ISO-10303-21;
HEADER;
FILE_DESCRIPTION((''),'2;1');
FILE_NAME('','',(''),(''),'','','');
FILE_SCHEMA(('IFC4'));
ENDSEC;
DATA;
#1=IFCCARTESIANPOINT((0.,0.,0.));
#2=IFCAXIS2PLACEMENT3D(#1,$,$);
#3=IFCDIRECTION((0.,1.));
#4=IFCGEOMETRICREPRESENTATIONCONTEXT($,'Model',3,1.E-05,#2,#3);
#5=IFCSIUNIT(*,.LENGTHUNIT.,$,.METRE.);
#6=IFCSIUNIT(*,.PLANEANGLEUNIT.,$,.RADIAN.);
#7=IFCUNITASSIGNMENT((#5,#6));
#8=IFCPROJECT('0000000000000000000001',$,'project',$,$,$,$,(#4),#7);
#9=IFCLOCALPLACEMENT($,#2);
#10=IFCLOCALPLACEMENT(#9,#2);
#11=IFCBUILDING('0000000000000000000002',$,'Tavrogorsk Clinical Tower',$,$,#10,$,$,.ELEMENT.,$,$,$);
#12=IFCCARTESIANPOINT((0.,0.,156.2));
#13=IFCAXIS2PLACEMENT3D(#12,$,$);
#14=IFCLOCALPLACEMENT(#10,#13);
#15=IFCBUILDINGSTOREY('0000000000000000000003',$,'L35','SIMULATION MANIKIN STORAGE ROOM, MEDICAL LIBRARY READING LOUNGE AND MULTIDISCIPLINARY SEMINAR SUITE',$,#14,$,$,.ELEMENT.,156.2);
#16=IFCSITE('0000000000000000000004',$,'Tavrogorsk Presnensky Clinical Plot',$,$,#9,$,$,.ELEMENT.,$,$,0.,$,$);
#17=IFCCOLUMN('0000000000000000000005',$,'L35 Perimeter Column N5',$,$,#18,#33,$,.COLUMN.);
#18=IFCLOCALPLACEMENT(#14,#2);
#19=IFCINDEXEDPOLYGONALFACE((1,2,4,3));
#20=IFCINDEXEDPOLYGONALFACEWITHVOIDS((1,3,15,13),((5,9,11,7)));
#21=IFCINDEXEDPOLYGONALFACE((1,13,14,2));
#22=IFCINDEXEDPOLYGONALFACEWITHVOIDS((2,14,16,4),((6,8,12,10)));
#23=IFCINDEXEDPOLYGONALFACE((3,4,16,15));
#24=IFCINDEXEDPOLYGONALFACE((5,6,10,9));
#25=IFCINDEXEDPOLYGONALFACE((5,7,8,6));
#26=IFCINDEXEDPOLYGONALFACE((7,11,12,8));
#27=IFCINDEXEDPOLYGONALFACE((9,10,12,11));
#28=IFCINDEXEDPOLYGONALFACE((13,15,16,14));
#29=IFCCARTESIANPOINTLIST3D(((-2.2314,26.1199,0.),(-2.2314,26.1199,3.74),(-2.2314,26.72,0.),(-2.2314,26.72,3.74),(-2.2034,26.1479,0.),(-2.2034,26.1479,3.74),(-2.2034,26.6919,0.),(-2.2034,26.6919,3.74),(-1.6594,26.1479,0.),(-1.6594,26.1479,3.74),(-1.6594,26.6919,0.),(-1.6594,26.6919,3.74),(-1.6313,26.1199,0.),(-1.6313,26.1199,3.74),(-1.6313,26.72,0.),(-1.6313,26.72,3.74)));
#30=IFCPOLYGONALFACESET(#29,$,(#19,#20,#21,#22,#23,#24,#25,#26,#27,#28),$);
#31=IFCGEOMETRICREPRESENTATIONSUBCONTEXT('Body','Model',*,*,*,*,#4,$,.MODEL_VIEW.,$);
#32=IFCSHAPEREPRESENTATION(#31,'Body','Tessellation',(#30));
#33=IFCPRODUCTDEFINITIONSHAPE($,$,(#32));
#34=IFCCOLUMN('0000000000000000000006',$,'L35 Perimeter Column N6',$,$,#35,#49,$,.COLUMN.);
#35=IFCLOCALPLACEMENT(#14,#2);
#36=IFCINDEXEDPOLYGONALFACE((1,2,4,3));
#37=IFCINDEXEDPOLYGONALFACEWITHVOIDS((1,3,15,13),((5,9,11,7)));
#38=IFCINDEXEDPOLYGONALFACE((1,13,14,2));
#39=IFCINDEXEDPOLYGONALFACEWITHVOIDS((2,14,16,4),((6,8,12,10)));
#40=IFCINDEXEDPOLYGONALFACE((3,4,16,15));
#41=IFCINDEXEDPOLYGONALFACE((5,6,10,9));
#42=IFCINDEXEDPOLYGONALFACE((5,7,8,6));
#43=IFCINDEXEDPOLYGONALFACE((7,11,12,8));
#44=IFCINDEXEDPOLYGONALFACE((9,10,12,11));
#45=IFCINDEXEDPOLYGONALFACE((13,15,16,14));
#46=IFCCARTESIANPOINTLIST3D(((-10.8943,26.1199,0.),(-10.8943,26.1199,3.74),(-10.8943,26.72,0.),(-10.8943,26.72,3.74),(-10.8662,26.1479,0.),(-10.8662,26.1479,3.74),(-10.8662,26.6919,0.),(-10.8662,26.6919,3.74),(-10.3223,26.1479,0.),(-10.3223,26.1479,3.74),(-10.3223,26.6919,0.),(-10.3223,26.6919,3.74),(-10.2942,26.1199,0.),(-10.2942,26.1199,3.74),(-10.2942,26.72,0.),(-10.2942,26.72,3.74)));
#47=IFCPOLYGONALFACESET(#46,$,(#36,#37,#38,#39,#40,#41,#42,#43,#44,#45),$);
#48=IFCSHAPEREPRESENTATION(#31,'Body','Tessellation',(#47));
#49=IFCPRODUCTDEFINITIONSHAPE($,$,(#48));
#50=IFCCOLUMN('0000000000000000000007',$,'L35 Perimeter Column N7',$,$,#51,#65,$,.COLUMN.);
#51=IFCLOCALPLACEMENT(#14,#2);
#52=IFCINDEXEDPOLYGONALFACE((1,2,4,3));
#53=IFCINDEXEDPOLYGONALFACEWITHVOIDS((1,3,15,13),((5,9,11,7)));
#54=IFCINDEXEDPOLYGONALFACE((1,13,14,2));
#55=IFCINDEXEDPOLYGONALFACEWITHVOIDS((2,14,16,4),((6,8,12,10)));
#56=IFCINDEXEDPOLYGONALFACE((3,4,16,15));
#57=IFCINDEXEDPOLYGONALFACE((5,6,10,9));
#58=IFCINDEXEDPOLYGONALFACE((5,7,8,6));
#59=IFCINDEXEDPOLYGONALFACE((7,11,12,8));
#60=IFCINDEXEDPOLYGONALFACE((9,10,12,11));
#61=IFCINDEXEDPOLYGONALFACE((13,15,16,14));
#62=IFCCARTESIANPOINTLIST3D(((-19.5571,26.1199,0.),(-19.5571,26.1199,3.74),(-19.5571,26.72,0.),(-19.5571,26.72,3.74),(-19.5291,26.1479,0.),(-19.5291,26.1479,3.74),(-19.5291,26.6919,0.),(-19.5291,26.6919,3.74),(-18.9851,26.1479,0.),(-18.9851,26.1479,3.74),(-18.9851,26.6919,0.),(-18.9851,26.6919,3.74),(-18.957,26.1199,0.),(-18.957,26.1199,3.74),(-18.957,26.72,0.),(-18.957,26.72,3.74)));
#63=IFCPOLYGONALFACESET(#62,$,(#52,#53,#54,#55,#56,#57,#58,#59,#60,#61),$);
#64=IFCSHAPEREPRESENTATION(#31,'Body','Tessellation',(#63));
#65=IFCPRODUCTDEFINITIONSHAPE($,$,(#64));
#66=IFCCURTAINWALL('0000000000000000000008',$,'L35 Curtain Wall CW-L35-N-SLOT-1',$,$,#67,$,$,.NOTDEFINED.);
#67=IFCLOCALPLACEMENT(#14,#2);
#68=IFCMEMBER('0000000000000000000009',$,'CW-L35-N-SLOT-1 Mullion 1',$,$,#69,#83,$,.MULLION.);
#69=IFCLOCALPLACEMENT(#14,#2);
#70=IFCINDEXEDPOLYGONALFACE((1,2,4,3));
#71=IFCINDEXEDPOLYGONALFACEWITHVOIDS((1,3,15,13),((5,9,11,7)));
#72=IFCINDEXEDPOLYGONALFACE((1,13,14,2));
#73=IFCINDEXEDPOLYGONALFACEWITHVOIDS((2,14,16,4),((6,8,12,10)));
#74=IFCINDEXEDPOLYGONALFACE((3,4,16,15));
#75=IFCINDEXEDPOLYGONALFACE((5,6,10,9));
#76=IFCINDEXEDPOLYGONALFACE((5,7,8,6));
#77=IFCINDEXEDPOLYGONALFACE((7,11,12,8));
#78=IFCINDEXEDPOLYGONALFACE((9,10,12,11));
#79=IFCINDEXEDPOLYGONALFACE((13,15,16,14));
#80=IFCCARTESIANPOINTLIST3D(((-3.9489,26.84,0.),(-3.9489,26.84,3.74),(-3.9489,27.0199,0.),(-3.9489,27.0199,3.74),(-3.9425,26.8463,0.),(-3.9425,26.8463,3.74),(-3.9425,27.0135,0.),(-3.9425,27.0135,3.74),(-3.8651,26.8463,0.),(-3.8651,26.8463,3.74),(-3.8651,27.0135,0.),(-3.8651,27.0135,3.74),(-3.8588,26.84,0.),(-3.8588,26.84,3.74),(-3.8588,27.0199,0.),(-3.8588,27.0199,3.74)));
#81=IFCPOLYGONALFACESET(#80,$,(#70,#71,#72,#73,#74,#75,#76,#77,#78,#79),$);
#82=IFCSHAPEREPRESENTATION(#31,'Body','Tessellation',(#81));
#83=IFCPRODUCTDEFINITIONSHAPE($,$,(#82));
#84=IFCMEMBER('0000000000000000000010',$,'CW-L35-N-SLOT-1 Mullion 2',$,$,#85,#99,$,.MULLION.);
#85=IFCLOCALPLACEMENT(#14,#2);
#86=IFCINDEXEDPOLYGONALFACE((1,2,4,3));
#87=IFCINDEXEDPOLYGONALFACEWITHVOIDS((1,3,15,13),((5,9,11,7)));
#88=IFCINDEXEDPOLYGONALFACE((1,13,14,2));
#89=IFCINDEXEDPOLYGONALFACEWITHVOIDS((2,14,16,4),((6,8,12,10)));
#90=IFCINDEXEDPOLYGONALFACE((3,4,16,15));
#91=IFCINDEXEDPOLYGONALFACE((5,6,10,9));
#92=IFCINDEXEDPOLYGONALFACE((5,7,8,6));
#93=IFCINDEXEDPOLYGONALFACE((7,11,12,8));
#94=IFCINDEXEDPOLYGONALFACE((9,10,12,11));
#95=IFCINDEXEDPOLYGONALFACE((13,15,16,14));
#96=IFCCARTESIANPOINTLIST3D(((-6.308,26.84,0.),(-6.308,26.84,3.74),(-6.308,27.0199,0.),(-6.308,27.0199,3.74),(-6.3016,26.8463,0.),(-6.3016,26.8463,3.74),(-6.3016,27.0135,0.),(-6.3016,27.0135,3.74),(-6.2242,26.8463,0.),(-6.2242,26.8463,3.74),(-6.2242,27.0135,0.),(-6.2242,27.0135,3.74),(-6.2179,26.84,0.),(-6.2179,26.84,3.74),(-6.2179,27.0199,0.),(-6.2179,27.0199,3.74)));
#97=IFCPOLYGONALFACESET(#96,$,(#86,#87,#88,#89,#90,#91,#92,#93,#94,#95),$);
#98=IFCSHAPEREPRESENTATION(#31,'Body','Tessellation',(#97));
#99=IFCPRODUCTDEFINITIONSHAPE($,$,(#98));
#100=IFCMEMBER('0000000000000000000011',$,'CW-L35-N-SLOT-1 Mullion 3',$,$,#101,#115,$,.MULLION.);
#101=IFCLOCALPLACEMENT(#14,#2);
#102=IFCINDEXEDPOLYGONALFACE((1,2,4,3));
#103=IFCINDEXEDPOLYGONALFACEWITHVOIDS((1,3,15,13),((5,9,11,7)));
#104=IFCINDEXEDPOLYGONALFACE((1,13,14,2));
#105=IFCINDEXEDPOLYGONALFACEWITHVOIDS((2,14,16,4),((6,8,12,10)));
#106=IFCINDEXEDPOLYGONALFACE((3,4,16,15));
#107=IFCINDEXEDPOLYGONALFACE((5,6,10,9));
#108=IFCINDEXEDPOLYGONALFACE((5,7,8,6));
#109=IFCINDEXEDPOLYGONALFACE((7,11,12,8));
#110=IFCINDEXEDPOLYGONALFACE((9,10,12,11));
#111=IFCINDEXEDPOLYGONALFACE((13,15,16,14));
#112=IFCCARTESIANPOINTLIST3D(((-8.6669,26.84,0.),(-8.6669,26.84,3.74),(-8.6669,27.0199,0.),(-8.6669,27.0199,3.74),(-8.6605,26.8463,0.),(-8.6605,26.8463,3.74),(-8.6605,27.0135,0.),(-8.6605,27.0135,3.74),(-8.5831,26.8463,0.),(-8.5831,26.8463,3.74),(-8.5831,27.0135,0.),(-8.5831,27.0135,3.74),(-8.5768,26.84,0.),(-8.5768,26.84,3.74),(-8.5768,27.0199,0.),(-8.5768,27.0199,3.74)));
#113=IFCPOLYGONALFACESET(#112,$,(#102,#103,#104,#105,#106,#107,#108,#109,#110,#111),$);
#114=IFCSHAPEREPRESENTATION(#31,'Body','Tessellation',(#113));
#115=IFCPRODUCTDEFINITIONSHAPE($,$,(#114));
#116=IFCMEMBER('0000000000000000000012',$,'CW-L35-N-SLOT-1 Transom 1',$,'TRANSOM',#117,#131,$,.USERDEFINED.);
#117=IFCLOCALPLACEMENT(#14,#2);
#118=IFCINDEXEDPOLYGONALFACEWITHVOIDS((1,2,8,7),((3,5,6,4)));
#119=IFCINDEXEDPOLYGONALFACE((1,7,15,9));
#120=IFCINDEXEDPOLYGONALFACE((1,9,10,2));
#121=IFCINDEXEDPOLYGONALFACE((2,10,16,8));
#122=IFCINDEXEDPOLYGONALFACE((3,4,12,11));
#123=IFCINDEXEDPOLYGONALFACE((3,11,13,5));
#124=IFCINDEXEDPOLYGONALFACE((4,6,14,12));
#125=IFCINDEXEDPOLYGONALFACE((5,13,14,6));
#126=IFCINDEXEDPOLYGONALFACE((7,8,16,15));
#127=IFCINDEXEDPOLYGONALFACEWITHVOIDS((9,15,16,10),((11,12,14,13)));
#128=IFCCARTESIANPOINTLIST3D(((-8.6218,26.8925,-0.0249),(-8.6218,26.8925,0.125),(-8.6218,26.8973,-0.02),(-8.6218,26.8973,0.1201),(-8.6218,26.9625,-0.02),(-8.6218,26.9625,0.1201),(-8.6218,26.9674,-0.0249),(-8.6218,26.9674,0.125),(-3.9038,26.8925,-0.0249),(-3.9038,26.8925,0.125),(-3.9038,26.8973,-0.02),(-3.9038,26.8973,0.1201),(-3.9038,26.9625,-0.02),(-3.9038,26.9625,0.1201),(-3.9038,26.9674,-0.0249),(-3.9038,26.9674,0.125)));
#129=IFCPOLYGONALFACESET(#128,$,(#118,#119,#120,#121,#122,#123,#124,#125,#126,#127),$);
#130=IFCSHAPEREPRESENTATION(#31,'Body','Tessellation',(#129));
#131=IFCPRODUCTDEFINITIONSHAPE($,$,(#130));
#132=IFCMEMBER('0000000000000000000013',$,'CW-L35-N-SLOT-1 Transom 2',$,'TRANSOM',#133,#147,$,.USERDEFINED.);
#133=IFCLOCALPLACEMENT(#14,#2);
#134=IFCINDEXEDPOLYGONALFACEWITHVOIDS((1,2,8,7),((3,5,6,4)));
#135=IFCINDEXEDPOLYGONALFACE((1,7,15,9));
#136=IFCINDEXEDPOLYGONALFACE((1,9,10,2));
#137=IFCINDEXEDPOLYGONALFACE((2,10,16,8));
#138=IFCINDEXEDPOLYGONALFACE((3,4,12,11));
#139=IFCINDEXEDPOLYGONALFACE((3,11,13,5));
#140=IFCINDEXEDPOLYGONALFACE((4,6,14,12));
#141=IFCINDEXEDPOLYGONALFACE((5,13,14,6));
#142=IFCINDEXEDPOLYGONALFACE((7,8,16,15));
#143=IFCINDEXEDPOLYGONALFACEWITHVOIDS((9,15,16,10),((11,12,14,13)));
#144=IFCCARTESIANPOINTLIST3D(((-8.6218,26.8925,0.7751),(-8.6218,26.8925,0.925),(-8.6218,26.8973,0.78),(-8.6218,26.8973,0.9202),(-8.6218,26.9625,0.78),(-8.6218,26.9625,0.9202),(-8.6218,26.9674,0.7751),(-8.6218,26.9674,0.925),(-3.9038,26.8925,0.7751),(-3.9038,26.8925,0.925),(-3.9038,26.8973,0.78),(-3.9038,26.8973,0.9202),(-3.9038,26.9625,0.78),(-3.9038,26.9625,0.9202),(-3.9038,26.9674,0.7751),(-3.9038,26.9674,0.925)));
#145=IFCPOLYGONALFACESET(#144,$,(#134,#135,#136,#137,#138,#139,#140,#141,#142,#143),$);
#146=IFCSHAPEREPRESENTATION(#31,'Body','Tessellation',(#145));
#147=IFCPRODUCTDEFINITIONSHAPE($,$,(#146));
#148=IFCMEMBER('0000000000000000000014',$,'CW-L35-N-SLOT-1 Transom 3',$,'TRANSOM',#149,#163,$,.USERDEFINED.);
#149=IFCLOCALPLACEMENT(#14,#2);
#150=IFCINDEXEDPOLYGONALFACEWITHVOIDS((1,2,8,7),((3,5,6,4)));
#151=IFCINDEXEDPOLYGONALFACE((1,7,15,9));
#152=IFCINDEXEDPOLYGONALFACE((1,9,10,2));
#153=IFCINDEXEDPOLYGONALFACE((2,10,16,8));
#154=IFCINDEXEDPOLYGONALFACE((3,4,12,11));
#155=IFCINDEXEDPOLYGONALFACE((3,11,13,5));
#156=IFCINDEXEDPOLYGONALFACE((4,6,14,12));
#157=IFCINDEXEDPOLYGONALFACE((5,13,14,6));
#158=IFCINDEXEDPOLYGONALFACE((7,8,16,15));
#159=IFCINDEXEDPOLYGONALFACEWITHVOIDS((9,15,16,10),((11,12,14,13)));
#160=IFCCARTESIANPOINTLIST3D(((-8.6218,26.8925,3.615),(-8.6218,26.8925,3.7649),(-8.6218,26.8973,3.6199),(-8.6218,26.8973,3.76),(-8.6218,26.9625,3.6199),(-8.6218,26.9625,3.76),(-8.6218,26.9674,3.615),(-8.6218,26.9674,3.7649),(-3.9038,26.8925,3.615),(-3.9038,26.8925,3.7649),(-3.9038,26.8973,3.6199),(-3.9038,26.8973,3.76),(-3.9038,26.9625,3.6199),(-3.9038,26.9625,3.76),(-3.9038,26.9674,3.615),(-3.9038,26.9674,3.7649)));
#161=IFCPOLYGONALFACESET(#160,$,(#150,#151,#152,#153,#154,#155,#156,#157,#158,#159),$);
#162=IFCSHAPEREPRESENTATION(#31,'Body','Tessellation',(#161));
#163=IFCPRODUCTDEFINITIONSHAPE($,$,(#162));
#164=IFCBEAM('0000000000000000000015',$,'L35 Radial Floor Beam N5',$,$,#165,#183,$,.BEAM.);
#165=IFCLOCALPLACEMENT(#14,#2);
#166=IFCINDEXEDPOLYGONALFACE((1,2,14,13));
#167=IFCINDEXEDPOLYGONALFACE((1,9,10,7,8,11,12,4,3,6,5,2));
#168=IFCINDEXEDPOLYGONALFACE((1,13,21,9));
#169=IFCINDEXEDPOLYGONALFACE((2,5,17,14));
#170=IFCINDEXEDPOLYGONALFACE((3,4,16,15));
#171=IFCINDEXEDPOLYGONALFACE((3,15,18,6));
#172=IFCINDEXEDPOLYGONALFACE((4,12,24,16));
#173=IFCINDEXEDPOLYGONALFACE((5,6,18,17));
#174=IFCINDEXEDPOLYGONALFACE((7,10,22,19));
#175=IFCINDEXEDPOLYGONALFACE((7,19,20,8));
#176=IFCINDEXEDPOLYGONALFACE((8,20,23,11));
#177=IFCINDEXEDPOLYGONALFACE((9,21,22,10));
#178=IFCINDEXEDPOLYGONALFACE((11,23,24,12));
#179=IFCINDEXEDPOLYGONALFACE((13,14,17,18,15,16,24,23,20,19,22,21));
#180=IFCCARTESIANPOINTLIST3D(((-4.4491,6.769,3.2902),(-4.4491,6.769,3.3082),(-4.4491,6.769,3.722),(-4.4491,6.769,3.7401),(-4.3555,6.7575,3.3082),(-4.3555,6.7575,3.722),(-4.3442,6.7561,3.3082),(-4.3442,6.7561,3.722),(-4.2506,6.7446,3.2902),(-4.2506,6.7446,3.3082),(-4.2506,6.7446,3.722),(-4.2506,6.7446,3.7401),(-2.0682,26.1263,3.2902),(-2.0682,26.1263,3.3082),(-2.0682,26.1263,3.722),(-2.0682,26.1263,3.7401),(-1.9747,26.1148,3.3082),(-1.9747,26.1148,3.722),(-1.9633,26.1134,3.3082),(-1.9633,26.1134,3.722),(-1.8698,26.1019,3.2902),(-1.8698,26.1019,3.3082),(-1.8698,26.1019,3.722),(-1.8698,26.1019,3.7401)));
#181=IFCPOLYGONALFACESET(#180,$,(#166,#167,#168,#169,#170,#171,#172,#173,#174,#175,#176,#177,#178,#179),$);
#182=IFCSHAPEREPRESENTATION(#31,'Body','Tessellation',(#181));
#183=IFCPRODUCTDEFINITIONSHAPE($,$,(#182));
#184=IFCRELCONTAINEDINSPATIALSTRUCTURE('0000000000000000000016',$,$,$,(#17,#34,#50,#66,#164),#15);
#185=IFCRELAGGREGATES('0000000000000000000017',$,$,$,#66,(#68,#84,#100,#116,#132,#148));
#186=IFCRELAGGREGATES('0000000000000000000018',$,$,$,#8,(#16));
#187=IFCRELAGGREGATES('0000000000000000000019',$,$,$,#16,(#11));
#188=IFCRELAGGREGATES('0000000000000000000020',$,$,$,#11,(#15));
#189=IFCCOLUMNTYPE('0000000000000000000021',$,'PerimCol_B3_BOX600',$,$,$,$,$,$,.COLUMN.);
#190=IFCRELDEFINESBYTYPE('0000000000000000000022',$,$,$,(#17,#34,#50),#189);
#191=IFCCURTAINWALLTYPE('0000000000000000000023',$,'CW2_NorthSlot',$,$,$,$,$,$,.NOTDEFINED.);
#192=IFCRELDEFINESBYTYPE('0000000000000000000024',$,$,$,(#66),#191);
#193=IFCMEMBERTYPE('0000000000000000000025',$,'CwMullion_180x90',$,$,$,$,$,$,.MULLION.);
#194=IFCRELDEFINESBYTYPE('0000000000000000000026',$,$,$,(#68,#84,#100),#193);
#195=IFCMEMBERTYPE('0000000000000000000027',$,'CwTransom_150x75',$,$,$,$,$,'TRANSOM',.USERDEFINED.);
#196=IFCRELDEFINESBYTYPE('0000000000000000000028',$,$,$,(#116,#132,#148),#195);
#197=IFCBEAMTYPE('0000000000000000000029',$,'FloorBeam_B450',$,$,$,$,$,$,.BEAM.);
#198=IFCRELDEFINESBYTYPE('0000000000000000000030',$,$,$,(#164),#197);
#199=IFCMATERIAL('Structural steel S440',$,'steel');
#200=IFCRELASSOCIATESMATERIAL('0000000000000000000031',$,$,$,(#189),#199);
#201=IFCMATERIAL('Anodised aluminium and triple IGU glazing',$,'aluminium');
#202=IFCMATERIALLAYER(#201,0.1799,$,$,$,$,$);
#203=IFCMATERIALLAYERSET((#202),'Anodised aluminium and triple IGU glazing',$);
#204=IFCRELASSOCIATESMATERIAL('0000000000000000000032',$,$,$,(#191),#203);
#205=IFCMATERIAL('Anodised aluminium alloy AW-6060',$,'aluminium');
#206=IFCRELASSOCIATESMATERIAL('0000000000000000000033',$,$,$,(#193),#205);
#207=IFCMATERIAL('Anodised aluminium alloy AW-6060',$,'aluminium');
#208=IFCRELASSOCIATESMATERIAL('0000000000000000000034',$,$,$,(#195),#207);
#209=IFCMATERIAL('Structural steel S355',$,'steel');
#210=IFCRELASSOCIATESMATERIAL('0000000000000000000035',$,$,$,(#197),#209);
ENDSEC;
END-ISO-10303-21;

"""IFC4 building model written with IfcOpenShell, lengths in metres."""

from ifc_helpers import new_model, si_unit, direction, frame, origin, origin_2d, place, context, subcontext, project, spatial, hollow_rectangle, i_section, extrude, material, layer, layer_set, material_profile, profile_set, type_object, element, aggregate, save


model = new_model("IFC4")

# Units and contexts
model_context = context("Model", 3, precision=1e-05, world=origin(), true_north=direction((0.0, 1.0)))
body_context = subcontext(model_context, "Body", "Model", "MODEL_VIEW")
ifc_project = project(units=[si_unit("LENGTHUNIT", "METRE"), si_unit("PLANEANGLEUNIT", "RADIAN")], contexts=[model_context])

# Site, building, storey
site_placement = place(None, origin())
site = spatial("IfcSite", under=ifc_project, at=site_placement, Name="Tavrogorsk Presnensky Clinical Plot", CompositionType="ELEMENT", RefElevation=0.0)
building_placement = place(site_placement, origin())
building = spatial("IfcBuilding", under=site, at=building_placement, Name="Tavrogorsk Clinical Tower", CompositionType="ELEMENT")
storey_placement = place(building_placement, frame((0.0, 0.0, 156.2)))
storey = spatial("IfcBuildingStorey", under=building, at=storey_placement, Name="L35", Description="SIMULATION MANIKIN STORAGE ROOM, MEDICAL LIBRARY READING LOUNGE AND MULTIDISCIPLINARY SEMINAR SUITE", CompositionType="ELEMENT", Elevation=156.2)

# Columns
ifc_material_1 = material(Name="Structural steel S440", Category="steel")
ifc_material_profile_1 = material_profile(ifc_material_1, hollow_rectangle(XDim=0.6001, YDim=0.6001, WallThickness=0.0281, at=origin_2d()), Name="BOX-600x600x28")
ifc_profile_set_1 = profile_set([ifc_material_profile_1], Name="Structural steel S440")
column_type = type_object("IfcColumnType", Name="PerimCol_B3_BOX600", PredefinedType="COLUMN", material=ifc_profile_set_1)
for number, where, z_axis, x_axis, name in (
    (1, (-1.9314, 26.4199, 0.0), (0.0, 0.0, 1.0), (1.0, 0.0, 0.0), "L35 Perimeter Column N5"),
    (2, (-10.5942, 26.4199, 0.0), (0.0, 0.0, 1.0), (1.0, 0.0, 0.0), "L35 Perimeter Column N6"),
    (3, (-19.2571, 26.4199, 0.0), (0.0, 0.0, 1.0), (1.0, 0.0, 0.0), "L35 Perimeter Column N7"),
):
    element("IfcColumn", number, at=place(storey_placement, frame(where, z_axis=z_axis, x_axis=x_axis)), inside=storey, type_object=column_type, Name=name, PredefinedType="COLUMN", context=body_context, shape_type="SweptSolid", body=[
        extrude(hollow_rectangle(XDim=0.6001, YDim=0.6001, WallThickness=0.0281, at=origin_2d()), origin(), (0.0, 0.0, 1.0), 3.74),
    ])

# Curtain wall, members
ifc_material_2 = material(Name="Anodised aluminium and triple IGU glazing", Category="aluminium")
ifc_layer_1 = layer(ifc_material_2, 0.1799)
ifc_layer_set_1 = layer_set([ifc_layer_1], Name="Anodised aluminium and triple IGU glazing")
curtain_wall_type = type_object("IfcCurtainWallType", Name="CW2_NorthSlot", PredefinedType="NOTDEFINED", material=ifc_layer_set_1)
curtain_wall_placement = place(storey_placement, origin())
curtain_wall = element("IfcCurtainWall", 4, at=curtain_wall_placement, inside=storey, type_object=curtain_wall_type, Name="L35 Curtain Wall CW-L35-N-SLOT-1", PredefinedType="NOTDEFINED")
ifc_material_3 = material(Name="Anodised aluminium alloy AW-6060", Category="aluminium")
ifc_material_profile_2 = material_profile(ifc_material_3, hollow_rectangle(XDim=0.0901, YDim=0.1799, WallThickness=0.0063, at=origin_2d()), Name="RHS-180x90x6.3")
ifc_profile_set_2 = profile_set([ifc_material_profile_2], Name="Anodised aluminium alloy AW-6060")
member_type_1 = type_object("IfcMemberType", Name="CwMullion_180x90", PredefinedType="MULLION", material=ifc_profile_set_2)
member_1_placement = place(storey_placement, frame((-3.9038, 26.9299, 0.0), z_axis=(0.0, 0.0, 1.0), x_axis=(-1.0, 0.0, 0.0)))
member_1 = element("IfcMember", 5, at=member_1_placement, type_object=member_type_1, Name="CW-L35-N-SLOT-1 Mullion 1", PredefinedType="MULLION", context=body_context, shape_type="SweptSolid", body=[
    extrude(hollow_rectangle(XDim=0.0901, YDim=0.1799, WallThickness=0.0063, at=origin_2d()), origin(), (0.0, 0.0, 1.0), 3.74),
])
member_2_placement = place(storey_placement, frame((-6.2629, 26.9299, 0.0), z_axis=(0.0, 0.0, 1.0), x_axis=(-1.0, 0.0, 0.0)))
member_2 = element("IfcMember", 6, at=member_2_placement, type_object=member_type_1, Name="CW-L35-N-SLOT-1 Mullion 2", PredefinedType="MULLION", context=body_context, shape_type="SweptSolid", body=[
    extrude(hollow_rectangle(XDim=0.0901, YDim=0.1799, WallThickness=0.0063, at=origin_2d()), origin(), (0.0, 0.0, 1.0), 3.74),
])
member_3_placement = place(storey_placement, frame((-8.6218, 26.9299, 0.0), z_axis=(0.0, 0.0, 1.0), x_axis=(-1.0, 0.0, 0.0)))
member_3 = element("IfcMember", 7, at=member_3_placement, type_object=member_type_1, Name="CW-L35-N-SLOT-1 Mullion 3", PredefinedType="MULLION", context=body_context, shape_type="SweptSolid", body=[
    extrude(hollow_rectangle(XDim=0.0901, YDim=0.1799, WallThickness=0.0063, at=origin_2d()), origin(), (0.0, 0.0, 1.0), 3.74),
])
ifc_material_4 = material(Name="Anodised aluminium alloy AW-6060", Category="aluminium")
ifc_material_profile_3 = material_profile(ifc_material_4, hollow_rectangle(XDim=0.075, YDim=0.1499, WallThickness=0.0049, at=origin_2d()), Name="RHS-150x75x5")
ifc_profile_set_3 = profile_set([ifc_material_profile_3], Name="Anodised aluminium alloy AW-6060")
member_type_2 = type_object("IfcMemberType", Name="CwTransom_150x75", ElementType="TRANSOM", PredefinedType="USERDEFINED", material=ifc_profile_set_3)
member_4_placement = place(storey_placement, frame((-3.9038, 26.9299, 0.05), z_axis=(-1.0, 0.0, 0.0), x_axis=(0.0, -1.0, 0.0)))
member_4 = element("IfcMember", 8, at=member_4_placement, type_object=member_type_2, Name="CW-L35-N-SLOT-1 Transom 1", ObjectType="TRANSOM", PredefinedType="USERDEFINED", context=body_context, shape_type="SweptSolid", body=[
    extrude(hollow_rectangle(XDim=0.075, YDim=0.1499, WallThickness=0.0049, at=origin_2d()), origin(), (0.0, 0.0, 1.0), 4.718),
])
member_5_placement = place(storey_placement, frame((-3.9038, 26.9299, 0.8501), z_axis=(-1.0, 0.0, 0.0), x_axis=(0.0, -1.0, 0.0)))
member_5 = element("IfcMember", 9, at=member_5_placement, type_object=member_type_2, Name="CW-L35-N-SLOT-1 Transom 2", ObjectType="TRANSOM", PredefinedType="USERDEFINED", context=body_context, shape_type="SweptSolid", body=[
    extrude(hollow_rectangle(XDim=0.075, YDim=0.1499, WallThickness=0.0049, at=origin_2d()), origin(), (0.0, 0.0, 1.0), 4.718),
])
member_6_placement = place(storey_placement, frame((-3.9038, 26.9299, 3.6899), z_axis=(-1.0, 0.0, 0.0), x_axis=(0.0, -1.0, 0.0)))
member_6 = element("IfcMember", 10, at=member_6_placement, type_object=member_type_2, Name="CW-L35-N-SLOT-1 Transom 3", ObjectType="TRANSOM", PredefinedType="USERDEFINED", context=body_context, shape_type="SweptSolid", body=[
    extrude(hollow_rectangle(XDim=0.075, YDim=0.1499, WallThickness=0.0049, at=origin_2d()), origin(), (0.0, 0.0, 1.0), 4.718),
])

# Beam
ifc_material_5 = material(Name="Structural steel S355", Category="steel")
ifc_material_profile_4 = material_profile(ifc_material_5, i_section(OverallWidth=0.2, OverallDepth=0.45, WebThickness=0.0115, FlangeThickness=0.0181, at=origin_2d()), Name="B-450x200x11.5x18")
ifc_profile_set_4 = profile_set([ifc_material_profile_4], Name="Structural steel S355")
beam_type_1 = type_object("IfcBeamType", Name="FloorBeam_B450", PredefinedType="BEAM", material=ifc_profile_set_4)
beam_placement = place(storey_placement, frame((-4.3499, 6.7568, 3.5151), z_axis=(0.122075, 0.992521, 0.0), x_axis=(-0.992521, 0.122075, 0.0)))
element("IfcBeam", 11, at=beam_placement, inside=storey, type_object=beam_type_1, Name="L35 Radial Floor Beam N5", PredefinedType="BEAM", context=body_context, shape_type="SweptSolid", body=[
    extrude(i_section(OverallWidth=0.2, OverallDepth=0.45, WebThickness=0.0115, FlangeThickness=0.0181, at=origin_2d()), origin(), (0.0, 0.0, 1.0), 19.5032),
])

aggregate(curtain_wall, [member_1, member_2, member_3, member_4, member_5, member_6])

save(model, "model.ifc")
